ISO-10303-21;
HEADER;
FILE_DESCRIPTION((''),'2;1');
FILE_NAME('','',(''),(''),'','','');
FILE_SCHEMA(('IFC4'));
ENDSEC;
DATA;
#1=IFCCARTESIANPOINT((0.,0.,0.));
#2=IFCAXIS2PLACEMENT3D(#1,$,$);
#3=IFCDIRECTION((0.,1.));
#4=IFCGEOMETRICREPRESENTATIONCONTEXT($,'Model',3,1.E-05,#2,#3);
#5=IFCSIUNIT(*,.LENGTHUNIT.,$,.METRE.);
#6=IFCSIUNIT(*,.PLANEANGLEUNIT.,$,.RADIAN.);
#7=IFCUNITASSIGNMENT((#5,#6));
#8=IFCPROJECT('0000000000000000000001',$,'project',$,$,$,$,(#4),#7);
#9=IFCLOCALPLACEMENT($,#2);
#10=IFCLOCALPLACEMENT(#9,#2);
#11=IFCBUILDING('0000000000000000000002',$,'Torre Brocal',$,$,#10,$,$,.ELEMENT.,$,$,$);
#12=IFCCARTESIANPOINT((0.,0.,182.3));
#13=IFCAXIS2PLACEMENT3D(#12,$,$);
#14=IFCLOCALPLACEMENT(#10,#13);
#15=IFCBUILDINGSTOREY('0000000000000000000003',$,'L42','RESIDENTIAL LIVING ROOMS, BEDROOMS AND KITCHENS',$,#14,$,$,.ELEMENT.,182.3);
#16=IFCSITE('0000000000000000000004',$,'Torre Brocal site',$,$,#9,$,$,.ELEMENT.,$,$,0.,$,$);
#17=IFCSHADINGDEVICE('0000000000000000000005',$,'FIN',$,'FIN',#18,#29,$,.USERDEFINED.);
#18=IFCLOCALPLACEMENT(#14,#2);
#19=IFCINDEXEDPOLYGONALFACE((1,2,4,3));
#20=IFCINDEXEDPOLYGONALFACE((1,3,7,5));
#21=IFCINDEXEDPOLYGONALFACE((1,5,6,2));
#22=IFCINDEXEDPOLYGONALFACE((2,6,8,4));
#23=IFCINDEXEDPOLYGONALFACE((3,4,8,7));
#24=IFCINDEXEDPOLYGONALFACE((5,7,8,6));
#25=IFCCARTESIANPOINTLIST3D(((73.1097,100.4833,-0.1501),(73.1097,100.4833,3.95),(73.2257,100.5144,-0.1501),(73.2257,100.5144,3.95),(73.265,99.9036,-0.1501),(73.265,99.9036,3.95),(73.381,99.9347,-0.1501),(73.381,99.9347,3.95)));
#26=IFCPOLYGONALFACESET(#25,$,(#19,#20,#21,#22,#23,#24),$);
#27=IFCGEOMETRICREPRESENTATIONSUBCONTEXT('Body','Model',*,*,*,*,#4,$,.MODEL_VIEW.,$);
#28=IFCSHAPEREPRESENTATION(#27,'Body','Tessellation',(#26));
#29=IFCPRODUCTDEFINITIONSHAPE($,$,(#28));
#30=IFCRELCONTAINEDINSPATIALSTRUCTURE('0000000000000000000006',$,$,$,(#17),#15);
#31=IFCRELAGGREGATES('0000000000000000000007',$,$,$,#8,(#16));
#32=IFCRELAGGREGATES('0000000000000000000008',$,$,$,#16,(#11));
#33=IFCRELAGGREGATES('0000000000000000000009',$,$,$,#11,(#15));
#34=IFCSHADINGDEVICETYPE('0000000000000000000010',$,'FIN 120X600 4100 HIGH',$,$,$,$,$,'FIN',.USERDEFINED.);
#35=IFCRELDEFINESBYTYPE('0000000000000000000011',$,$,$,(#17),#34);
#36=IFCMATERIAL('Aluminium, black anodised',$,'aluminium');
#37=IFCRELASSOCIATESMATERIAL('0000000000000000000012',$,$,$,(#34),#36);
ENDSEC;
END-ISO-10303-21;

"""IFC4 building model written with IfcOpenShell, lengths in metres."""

from ifc_helpers import new_model, si_unit, direction, frame, origin, origin_2d, place, context, subcontext, project, spatial, rectangle, extrude, material, material_profile, profile_set, type_object, element, save


model = new_model("IFC4")

# Units and contexts
model_context = context("Model", 3, precision=1e-05, world=origin(), true_north=direction((0.0, 1.0)))
body_context = subcontext(model_context, "Body", "Model", "MODEL_VIEW")
ifc_project = project(units=[si_unit("LENGTHUNIT", "METRE"), si_unit("PLANEANGLEUNIT", "RADIAN")], contexts=[model_context])

# Site, building, storey
site_placement = place(None, origin())
site = spatial("IfcSite", under=ifc_project, at=site_placement, Name="Torre Brocal site", CompositionType="ELEMENT", RefElevation=0.0)
building_placement = place(site_placement, origin())
building = spatial("IfcBuilding", under=site, at=building_placement, Name="Torre Brocal", CompositionType="ELEMENT")
storey_placement = place(building_placement, frame((0.0, 0.0, 182.3)))
storey = spatial("IfcBuildingStorey", under=building, at=storey_placement, Name="L42", Description="RESIDENTIAL LIVING ROOMS, BEDROOMS AND KITCHENS", CompositionType="ELEMENT", Elevation=182.3)

# Shading device
ifc_material_1 = material(Name="Aluminium, black anodised", Category="aluminium")
ifc_material_profile_1 = material_profile(ifc_material_1, rectangle(XDim=0.1201, YDim=0.6001, at=origin_2d()), Name="FIN 120X600 4100 HIGH")
ifc_profile_set_1 = profile_set([ifc_material_profile_1], Name="Aluminium, black anodised")
shading_device_type = type_object("IfcShadingDeviceType", Name="FIN 120X600 4100 HIGH", ElementType="FIN", PredefinedType="USERDEFINED", material=ifc_profile_set_1)
shading_device_placement = place(storey_placement, frame((73.2454, 100.209, -0.1501), z_axis=(0.0, 0.0, 1.0), x_axis=(-0.965926, -0.258819, 0.0)))
element("IfcShadingDevice", 1, at=shading_device_placement, inside=storey, type_object=shading_device_type, Name="FIN", ObjectType="FIN", PredefinedType="USERDEFINED", context=body_context, shape_type="SweptSolid", body=[
    extrude(rectangle(XDim=0.1201, YDim=0.6001, at=origin_2d()), origin(), (0.0, 0.0, 1.0), 4.1001),
])

save(model, "model.ifc")
